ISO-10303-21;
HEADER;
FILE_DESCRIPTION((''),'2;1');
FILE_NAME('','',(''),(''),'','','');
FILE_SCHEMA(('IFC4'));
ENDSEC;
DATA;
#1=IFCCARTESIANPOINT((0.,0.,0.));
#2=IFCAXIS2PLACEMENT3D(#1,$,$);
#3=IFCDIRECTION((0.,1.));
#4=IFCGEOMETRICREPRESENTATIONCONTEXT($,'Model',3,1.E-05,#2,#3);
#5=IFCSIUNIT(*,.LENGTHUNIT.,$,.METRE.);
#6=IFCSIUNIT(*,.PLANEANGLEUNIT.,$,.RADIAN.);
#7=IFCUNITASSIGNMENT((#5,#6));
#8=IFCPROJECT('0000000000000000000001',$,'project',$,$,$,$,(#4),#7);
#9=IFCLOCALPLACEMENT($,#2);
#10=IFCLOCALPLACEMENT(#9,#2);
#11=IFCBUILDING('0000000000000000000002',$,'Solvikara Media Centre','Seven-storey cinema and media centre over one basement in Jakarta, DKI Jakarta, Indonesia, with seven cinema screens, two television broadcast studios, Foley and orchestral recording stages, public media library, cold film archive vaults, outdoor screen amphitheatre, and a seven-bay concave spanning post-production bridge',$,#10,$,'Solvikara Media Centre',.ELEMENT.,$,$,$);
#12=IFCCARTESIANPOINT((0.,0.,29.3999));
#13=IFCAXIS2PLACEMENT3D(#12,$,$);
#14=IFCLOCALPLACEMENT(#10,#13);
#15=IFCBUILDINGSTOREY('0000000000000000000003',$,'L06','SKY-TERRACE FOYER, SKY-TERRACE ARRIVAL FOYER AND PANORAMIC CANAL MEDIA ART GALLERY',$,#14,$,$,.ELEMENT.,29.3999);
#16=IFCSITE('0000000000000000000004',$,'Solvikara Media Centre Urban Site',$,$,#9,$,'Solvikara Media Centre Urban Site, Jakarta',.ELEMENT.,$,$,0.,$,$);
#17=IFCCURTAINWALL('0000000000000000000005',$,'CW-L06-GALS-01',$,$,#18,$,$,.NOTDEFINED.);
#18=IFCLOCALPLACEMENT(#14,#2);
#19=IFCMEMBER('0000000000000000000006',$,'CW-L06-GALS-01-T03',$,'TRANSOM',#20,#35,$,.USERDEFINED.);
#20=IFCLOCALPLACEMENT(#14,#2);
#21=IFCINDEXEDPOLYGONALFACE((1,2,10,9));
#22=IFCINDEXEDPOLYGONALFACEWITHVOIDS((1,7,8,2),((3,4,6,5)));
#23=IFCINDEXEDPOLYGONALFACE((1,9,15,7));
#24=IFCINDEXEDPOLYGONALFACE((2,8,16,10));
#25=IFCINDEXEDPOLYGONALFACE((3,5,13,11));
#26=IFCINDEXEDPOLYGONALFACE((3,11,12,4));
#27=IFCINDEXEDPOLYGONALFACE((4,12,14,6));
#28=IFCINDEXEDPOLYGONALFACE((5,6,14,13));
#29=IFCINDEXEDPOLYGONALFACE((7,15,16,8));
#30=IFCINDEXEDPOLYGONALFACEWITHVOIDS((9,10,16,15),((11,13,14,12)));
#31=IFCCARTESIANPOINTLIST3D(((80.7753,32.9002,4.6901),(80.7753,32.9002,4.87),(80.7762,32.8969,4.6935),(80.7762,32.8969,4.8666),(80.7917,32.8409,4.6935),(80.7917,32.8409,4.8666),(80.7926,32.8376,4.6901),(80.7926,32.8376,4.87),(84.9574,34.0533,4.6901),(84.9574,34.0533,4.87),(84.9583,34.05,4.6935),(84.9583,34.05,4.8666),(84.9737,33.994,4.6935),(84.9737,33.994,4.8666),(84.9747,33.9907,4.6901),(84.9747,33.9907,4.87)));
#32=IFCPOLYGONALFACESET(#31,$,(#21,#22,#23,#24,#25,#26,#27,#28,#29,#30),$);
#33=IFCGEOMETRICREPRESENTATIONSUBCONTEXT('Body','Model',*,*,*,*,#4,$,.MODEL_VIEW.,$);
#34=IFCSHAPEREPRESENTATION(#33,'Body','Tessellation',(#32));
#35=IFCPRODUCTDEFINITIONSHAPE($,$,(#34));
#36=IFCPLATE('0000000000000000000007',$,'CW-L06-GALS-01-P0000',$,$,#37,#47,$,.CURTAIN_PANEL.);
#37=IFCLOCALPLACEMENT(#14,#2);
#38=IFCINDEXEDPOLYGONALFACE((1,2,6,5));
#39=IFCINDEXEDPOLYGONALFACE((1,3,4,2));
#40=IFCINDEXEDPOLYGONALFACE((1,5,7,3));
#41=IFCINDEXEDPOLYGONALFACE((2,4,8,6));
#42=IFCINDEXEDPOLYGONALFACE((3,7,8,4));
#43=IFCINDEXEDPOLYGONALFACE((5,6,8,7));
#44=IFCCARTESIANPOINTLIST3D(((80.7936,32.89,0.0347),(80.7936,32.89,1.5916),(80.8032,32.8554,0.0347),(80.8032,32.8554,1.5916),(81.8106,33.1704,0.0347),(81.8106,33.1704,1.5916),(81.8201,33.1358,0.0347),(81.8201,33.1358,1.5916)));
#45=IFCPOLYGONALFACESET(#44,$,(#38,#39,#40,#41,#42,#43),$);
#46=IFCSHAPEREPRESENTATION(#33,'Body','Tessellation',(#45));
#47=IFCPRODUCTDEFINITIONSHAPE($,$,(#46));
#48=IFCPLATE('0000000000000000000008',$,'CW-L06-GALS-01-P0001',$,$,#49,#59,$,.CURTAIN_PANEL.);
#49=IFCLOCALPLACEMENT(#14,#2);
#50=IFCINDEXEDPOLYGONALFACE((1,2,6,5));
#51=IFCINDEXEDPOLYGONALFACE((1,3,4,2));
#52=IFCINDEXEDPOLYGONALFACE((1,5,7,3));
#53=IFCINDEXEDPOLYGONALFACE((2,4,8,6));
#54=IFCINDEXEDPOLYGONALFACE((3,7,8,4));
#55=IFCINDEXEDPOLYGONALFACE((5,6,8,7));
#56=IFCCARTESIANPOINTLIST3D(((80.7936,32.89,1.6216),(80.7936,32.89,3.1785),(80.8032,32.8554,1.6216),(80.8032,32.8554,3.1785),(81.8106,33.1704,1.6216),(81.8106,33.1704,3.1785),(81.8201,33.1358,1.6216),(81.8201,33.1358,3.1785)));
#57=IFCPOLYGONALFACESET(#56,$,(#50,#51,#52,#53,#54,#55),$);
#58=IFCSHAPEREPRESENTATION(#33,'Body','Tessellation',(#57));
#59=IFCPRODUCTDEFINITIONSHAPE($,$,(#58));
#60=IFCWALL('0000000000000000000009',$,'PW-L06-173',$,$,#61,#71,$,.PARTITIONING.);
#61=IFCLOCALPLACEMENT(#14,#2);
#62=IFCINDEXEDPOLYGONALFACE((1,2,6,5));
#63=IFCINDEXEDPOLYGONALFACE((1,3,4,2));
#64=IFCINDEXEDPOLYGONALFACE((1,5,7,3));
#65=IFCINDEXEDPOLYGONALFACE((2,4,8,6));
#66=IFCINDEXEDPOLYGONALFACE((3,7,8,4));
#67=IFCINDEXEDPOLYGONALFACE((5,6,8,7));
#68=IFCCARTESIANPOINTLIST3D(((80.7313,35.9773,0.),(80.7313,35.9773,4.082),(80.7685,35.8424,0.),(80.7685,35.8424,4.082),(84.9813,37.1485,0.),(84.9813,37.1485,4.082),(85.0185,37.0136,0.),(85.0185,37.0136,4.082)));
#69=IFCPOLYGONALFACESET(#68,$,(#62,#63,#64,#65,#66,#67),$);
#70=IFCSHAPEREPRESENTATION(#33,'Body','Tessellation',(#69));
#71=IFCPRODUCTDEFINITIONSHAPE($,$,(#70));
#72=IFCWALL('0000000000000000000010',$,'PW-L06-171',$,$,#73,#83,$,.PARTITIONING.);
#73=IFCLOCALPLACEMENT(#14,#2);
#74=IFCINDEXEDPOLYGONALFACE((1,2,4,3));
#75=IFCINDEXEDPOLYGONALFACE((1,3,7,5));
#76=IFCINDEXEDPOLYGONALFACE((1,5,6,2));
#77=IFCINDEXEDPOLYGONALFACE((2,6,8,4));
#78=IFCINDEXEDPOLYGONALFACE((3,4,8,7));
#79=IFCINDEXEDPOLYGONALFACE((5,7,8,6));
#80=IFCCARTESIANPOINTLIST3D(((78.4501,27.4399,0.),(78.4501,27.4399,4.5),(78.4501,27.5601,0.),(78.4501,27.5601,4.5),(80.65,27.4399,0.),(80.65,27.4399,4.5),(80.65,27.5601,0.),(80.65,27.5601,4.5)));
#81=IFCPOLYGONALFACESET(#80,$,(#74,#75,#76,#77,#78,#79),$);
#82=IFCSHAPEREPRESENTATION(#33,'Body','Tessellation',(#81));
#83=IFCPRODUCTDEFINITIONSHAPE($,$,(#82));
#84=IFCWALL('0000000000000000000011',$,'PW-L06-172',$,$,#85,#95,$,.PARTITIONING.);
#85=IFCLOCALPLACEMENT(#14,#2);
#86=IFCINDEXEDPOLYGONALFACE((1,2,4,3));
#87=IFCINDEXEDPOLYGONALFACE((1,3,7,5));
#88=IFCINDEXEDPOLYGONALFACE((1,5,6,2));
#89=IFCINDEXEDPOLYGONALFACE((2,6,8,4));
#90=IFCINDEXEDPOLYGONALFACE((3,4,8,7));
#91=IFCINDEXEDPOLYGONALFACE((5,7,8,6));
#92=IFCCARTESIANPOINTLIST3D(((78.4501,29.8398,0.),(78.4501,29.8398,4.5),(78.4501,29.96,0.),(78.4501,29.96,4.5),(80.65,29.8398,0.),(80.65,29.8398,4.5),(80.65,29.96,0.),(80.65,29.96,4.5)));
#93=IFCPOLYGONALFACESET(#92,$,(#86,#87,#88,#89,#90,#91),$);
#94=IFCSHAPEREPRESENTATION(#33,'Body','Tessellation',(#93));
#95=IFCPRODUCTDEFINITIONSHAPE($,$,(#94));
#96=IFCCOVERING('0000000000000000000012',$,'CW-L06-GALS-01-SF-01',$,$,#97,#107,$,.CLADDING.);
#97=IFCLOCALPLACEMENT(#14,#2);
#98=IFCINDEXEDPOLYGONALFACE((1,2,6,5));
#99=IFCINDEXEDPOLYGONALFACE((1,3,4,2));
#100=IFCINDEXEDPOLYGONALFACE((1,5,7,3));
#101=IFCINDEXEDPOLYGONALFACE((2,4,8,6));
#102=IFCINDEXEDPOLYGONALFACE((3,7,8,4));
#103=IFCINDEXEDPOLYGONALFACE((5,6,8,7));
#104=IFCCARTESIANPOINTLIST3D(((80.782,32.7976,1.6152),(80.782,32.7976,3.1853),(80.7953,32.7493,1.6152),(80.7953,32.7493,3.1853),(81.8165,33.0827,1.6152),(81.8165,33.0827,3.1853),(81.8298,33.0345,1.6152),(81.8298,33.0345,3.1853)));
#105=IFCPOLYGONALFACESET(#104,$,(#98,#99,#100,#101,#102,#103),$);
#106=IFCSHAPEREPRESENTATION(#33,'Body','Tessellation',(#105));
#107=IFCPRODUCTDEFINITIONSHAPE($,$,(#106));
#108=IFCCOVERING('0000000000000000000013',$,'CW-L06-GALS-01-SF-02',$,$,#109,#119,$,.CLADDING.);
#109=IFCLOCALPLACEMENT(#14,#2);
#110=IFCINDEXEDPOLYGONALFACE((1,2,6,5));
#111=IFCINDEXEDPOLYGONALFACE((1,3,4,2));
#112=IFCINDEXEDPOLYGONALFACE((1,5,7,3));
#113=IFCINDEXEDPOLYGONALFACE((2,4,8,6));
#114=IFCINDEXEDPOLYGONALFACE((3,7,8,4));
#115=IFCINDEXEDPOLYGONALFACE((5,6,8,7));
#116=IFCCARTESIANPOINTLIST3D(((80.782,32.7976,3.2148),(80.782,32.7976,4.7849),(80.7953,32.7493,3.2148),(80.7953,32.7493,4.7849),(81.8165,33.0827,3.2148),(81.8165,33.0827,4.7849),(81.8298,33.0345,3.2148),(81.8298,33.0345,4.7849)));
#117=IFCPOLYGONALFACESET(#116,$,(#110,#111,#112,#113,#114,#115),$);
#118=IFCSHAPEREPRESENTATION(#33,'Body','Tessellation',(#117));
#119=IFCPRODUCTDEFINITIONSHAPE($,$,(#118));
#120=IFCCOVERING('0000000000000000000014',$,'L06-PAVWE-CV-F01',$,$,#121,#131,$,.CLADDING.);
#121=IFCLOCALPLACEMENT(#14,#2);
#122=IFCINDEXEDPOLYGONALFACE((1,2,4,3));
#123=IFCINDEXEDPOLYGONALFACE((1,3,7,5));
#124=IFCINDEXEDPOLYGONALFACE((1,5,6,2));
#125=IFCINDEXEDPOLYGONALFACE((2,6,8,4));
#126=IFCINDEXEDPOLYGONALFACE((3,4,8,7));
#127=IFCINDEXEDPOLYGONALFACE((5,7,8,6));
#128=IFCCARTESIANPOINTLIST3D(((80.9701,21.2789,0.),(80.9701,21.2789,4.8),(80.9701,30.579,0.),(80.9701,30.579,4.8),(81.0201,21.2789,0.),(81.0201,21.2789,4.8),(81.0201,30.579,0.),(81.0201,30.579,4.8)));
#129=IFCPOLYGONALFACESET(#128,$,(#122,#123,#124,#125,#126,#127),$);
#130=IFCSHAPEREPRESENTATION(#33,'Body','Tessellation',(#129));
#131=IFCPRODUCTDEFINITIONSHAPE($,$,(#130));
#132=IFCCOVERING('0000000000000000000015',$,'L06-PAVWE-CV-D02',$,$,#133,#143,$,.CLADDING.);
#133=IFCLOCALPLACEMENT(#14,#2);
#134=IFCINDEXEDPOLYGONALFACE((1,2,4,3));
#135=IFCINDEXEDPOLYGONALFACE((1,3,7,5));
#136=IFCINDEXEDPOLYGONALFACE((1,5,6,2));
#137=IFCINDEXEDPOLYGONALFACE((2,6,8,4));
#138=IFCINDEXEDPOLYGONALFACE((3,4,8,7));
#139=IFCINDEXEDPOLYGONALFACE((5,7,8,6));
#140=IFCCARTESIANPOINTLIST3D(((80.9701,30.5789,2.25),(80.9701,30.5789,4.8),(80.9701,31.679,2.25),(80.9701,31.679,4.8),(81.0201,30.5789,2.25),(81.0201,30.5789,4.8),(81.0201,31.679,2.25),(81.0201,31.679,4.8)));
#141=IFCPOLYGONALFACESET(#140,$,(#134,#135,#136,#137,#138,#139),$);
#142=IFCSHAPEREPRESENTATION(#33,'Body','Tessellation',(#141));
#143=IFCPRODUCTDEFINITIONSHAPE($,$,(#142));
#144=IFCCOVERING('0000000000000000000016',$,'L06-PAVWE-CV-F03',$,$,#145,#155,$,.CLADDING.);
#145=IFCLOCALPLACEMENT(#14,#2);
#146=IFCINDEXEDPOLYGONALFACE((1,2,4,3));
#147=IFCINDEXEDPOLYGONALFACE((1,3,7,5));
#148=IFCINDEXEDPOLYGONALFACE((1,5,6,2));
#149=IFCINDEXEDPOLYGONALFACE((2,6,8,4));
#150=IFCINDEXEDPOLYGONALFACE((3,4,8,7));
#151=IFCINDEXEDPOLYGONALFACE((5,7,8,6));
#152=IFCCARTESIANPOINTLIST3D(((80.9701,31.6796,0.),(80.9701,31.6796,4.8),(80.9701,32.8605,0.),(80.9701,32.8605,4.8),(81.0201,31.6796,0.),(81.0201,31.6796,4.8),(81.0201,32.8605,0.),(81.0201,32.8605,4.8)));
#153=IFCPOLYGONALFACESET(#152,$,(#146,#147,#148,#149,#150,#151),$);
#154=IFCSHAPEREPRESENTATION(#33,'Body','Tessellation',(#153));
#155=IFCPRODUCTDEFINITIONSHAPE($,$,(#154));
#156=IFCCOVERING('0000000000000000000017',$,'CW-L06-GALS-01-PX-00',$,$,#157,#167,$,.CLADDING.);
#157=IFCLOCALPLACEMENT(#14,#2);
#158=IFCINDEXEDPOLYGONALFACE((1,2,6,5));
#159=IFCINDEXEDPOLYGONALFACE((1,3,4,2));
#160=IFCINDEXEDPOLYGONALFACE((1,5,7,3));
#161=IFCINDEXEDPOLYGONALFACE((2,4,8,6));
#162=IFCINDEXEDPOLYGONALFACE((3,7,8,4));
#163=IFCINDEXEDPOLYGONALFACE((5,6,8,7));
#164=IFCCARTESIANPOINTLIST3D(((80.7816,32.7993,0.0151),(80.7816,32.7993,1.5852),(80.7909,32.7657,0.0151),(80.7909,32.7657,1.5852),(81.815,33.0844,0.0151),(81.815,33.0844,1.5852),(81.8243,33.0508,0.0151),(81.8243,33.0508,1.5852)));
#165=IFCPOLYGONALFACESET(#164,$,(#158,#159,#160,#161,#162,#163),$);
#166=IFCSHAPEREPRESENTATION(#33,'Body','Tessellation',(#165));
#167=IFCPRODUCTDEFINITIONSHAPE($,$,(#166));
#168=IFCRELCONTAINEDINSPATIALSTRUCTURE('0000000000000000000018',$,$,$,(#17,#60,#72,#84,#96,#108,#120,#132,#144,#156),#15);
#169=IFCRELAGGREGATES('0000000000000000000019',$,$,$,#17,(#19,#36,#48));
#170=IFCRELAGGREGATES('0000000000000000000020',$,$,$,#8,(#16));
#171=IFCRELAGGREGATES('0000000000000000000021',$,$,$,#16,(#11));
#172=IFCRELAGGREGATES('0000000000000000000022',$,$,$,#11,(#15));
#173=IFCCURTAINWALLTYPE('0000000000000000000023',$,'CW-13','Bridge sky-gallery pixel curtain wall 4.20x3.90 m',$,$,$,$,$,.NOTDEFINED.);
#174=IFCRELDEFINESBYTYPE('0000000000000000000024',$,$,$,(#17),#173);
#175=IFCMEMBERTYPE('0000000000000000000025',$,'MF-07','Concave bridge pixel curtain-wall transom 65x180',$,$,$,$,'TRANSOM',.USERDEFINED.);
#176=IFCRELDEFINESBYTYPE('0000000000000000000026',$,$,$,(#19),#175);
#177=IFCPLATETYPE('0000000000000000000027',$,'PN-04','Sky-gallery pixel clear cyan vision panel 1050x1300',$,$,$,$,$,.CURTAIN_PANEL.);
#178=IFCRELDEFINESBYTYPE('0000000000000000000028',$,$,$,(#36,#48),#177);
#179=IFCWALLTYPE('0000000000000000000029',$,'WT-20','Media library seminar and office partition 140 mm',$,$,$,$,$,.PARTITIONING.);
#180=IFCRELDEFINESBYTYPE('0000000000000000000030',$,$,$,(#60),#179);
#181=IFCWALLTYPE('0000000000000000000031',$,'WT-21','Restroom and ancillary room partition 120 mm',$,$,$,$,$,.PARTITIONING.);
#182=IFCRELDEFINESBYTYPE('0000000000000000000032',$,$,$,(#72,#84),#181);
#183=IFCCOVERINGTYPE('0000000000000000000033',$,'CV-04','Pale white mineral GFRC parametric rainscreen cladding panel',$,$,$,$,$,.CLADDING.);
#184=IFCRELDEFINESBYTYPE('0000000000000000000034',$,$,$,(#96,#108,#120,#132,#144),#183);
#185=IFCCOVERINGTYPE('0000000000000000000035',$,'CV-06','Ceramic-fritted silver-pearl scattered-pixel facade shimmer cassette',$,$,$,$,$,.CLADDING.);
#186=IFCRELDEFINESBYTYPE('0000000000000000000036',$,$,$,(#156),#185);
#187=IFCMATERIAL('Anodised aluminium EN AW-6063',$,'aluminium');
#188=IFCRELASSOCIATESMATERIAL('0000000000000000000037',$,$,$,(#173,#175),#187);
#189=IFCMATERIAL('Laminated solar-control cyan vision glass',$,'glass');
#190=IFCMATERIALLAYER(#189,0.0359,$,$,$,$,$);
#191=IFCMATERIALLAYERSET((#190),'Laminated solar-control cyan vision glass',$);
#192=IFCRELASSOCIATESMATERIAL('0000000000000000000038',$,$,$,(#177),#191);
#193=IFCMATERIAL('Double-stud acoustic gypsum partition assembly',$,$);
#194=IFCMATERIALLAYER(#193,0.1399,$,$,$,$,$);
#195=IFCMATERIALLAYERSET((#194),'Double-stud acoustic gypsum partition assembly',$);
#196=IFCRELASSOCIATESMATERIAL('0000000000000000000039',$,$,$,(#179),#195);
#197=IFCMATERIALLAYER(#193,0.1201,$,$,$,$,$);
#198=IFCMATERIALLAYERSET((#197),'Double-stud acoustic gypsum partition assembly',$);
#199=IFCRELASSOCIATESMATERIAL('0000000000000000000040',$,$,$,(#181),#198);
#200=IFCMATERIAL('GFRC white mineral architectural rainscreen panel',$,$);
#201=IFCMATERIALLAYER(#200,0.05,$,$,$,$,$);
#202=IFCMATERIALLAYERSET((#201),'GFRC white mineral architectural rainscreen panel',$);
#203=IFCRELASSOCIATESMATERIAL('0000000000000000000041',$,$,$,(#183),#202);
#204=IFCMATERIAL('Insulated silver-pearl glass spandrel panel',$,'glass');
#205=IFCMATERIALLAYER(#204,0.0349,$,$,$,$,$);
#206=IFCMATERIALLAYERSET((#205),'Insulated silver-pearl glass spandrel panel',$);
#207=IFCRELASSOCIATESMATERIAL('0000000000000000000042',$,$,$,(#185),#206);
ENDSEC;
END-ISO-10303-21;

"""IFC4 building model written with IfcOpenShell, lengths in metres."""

from ifc_helpers import new_model, si_unit, direction, frame, frame_2d, origin, origin_2d, place, context, subcontext, project, spatial, rectangle, hollow_rectangle, extrude, material, layer, layer_set, material_profile, profile_set, type_object, element, aggregate, save


model = new_model("IFC4")

# Units and contexts
model_context = context("Model", 3, precision=1e-05, world=origin(), true_north=direction((0.0, 1.0)))
body_context = subcontext(model_context, "Body", "Model", "MODEL_VIEW")
ifc_project = project(units=[si_unit("LENGTHUNIT", "METRE"), si_unit("PLANEANGLEUNIT", "RADIAN")], contexts=[model_context])

# Site, building, storey
site_placement = place(None, origin())
site = spatial("IfcSite", under=ifc_project, at=site_placement, Name="Solvikara Media Centre Urban Site", LongName="Solvikara Media Centre Urban Site, Jakarta", CompositionType="ELEMENT", RefElevation=0.0)
building_placement = place(site_placement, origin())
building = spatial("IfcBuilding", under=site, at=building_placement, Name="Solvikara Media Centre", Description="Seven-storey cinema and media centre over one basement in Jakarta, DKI Jakarta, Indonesia, with seven cinema screens, two television broadcast studios, Foley and orchestral recording stages, public media library, cold film archive vaults, outdoor screen amphitheatre, and a seven-bay concave spanning post-production bridge", LongName="Solvikara Media Centre", CompositionType="ELEMENT")
storey_placement = place(building_placement, frame((0.0, 0.0, 29.3999)))
storey = spatial("IfcBuildingStorey", under=building, at=storey_placement, Name="L06", Description="SKY-TERRACE FOYER, SKY-TERRACE ARRIVAL FOYER AND PANORAMIC CANAL MEDIA ART GALLERY", CompositionType="ELEMENT", Elevation=29.3999)

# Shared definitions
ifc_material_1 = material(Name="Anodised aluminium EN AW-6063", Category="aluminium")
curtain_wall_type = type_object("IfcCurtainWallType", Name="CW-13", Description="Bridge sky-gallery pixel curtain wall 4.20x3.90 m", PredefinedType="NOTDEFINED", material=ifc_material_1)

# Curtain wall, member, plates
curtain_wall_1_placement = place(storey_placement, origin())
curtain_wall_1 = element("IfcCurtainWall", 1, at=curtain_wall_1_placement, inside=storey, type_object=curtain_wall_type, Name="CW-L06-GALS-01", PredefinedType="NOTDEFINED")
ifc_material_profile_1 = material_profile(ifc_material_1, hollow_rectangle(XDim=0.0649, YDim=0.1799, WallThickness=0.0034, at=origin_2d()), Name="ALU-T 65x180x3.5")
ifc_profile_set_1 = profile_set([ifc_material_profile_1], Name="Anodised aluminium EN AW-6063")
member_type_1 = type_object("IfcMemberType", Name="MF-07", Description="Concave bridge pixel curtain-wall transom 65x180", ElementType="TRANSOM", PredefinedType="USERDEFINED", material=ifc_profile_set_1)
member_1_placement = place(storey_placement, frame((80.7839, 32.8689, 4.78), z_axis=(0.964029, 0.265797, 0.0), x_axis=(-0.265797, 0.964029, 0.0)))
member_1 = element("IfcMember", 2, at=member_1_placement, type_object=member_type_1, Name="CW-L06-GALS-01-T03", ObjectType="TRANSOM", PredefinedType="USERDEFINED", context=body_context, shape_type="SweptSolid", body=[
    extrude(hollow_rectangle(XDim=0.0649, YDim=0.1799, WallThickness=0.0034, at=origin_2d()), origin(), (0.0, 0.0, 1.0), 4.3381),
])
ifc_material_2 = material(Name="Laminated solar-control cyan vision glass", Category="glass")
ifc_layer_1 = layer(ifc_material_2, 0.0359)
ifc_layer_set_1 = layer_set([ifc_layer_1], Name="Laminated solar-control cyan vision glass")
plate_type = type_object("IfcPlateType", Name="PN-04", Description="Sky-gallery pixel clear cyan vision panel 1050x1300", PredefinedType="CURTAIN_PANEL", material=ifc_layer_set_1)
plate_1_placement = place(storey_placement, frame((81.3069, 33.0129, 0.0347), z_axis=(0.0, 0.0, 1.0), x_axis=(0.96403, 0.265792, 0.0)))
plate_1 = element("IfcPlate", 3, at=plate_1_placement, type_object=plate_type, Name="CW-L06-GALS-01-P0000", PredefinedType="CURTAIN_PANEL", context=body_context, shape_type="SweptSolid", body=[
    extrude(rectangle(XDim=1.0549, YDim=0.0359, at=origin_2d()), origin(), (0.0, 0.0, 1.0), 1.5569),
])
plate_2_placement = place(storey_placement, frame((81.3069, 33.0129, 1.6216), z_axis=(0.0, 0.0, 1.0), x_axis=(0.96403, 0.265792, 0.0)))
plate_2 = element("IfcPlate", 4, at=plate_2_placement, type_object=plate_type, Name="CW-L06-GALS-01-P0001", PredefinedType="CURTAIN_PANEL", context=body_context, shape_type="SweptSolid", body=[
    extrude(rectangle(XDim=1.0549, YDim=0.0359, at=origin_2d()), origin(), (0.0, 0.0, 1.0), 1.5569),
])
aggregate(curtain_wall_1, [member_1, plate_1, plate_2])

# Walls
ifc_material_3 = material(Name="Double-stud acoustic gypsum partition assembly")
ifc_layer_2 = layer(ifc_material_3, 0.1399)
ifc_layer_set_2 = layer_set([ifc_layer_2], Name="Double-stud acoustic gypsum partition assembly")
wall_type_1 = type_object("IfcWallType", Name="WT-20", Description="Media library seminar and office partition 140 mm", PredefinedType="PARTITIONING", material=ifc_layer_set_2)
wall_placement = place(storey_placement, frame((80.75, 35.9099, 0.0), z_axis=(0.0, 0.0, 1.0), x_axis=(0.964067, 0.265661, 0.0)))
element("IfcWall", 5, at=wall_placement, inside=storey, type_object=wall_type_1, Name="PW-L06-173", PredefinedType="PARTITIONING", context=body_context, shape_type="SweptSolid", body=[
    extrude(rectangle(XDim=4.4084, YDim=0.1399, at=frame_2d((2.2041, 0.0))), origin(), (0.0, 0.0, 1.0), 4.082),
])
ifc_layer_3 = layer(ifc_material_3, 0.1201)
ifc_layer_set_3 = layer_set([ifc_layer_3], Name="Double-stud acoustic gypsum partition assembly")
wall_type_2 = type_object("IfcWallType", Name="WT-21", Description="Restroom and ancillary room partition 120 mm", PredefinedType="PARTITIONING", material=ifc_layer_set_3)
for number, where, z_axis, x_axis, name in (
    (6, (78.45, 27.5, 0.0), (0.0, 0.0, 1.0), (1.0, 0.0, 0.0), "PW-L06-171"),
    (7, (78.45, 29.8999, 0.0), (0.0, 0.0, 1.0), (1.0, 0.0, 0.0), "PW-L06-172"),
):
    element("IfcWall", number, at=place(storey_placement, frame(where, z_axis=z_axis, x_axis=x_axis)), inside=storey, type_object=wall_type_2, Name=name, PredefinedType="PARTITIONING", context=body_context, shape_type="SweptSolid", body=[
        extrude(rectangle(XDim=2.2, YDim=0.1201, at=frame_2d((1.1001, 0.0))), origin(), (0.0, 0.0, 1.0), 4.5),
    ])

# Coverings
ifc_material_4 = material(Name="GFRC white mineral architectural rainscreen panel")
ifc_layer_4 = layer(ifc_material_4, 0.05)
ifc_layer_set_4 = layer_set([ifc_layer_4], Name="GFRC white mineral architectural rainscreen panel")
covering_type_1 = type_object("IfcCoveringType", Name="CV-04", Description="Pale white mineral GFRC parametric rainscreen cladding panel", PredefinedType="CLADDING", material=ifc_layer_set_4)
for number, where, z_axis, x_axis, name in (
    (8, (81.3059, 32.916, 1.6152), (0.0, 0.0, 1.0), (0.964049, 0.265724, 0.0), "CW-L06-GALS-01-SF-01"),
    (9, (81.3059, 32.916, 3.2148), (0.0, 0.0, 1.0), (0.964049, 0.265724, 0.0), "CW-L06-GALS-01-SF-02"),
):
    element("IfcCovering", number, at=place(storey_placement, frame(where, z_axis=z_axis, x_axis=x_axis)), inside=storey, type_object=covering_type_1, Name=name, PredefinedType="CLADDING", context=body_context, shape_type="SweptSolid", body=[
        extrude(rectangle(XDim=1.073, YDim=0.05, at=origin_2d()), origin(), (0.0, 0.0, 1.0), 1.5701),
    ])
covering_1_placement = place(storey_placement, frame((80.9951, 25.929, 0.0), z_axis=(0.0, 0.0, 1.0), x_axis=(0.0, 1.0, 0.0)))
element("IfcCovering", 10, at=covering_1_placement, inside=storey, type_object=covering_type_1, Name="L06-PAVWE-CV-F01", PredefinedType="CLADDING", context=body_context, shape_type="SweptSolid", body=[
    extrude(rectangle(XDim=9.3, YDim=0.05, at=origin_2d()), origin(), (0.0, 0.0, 1.0), 4.8),
])
covering_2_placement = place(storey_placement, frame((80.9951, 31.1289, 2.25), z_axis=(0.0, 0.0, 1.0), x_axis=(0.0, 1.0, 0.0)))
element("IfcCovering", 11, at=covering_2_placement, inside=storey, type_object=covering_type_1, Name="L06-PAVWE-CV-D02", PredefinedType="CLADDING", context=body_context, shape_type="SweptSolid", body=[
    extrude(rectangle(XDim=1.1001, YDim=0.05, at=origin_2d()), origin(), (0.0, 0.0, 1.0), 2.55),
])
covering_3_placement = place(storey_placement, frame((80.9951, 32.27, 0.0), z_axis=(0.0, 0.0, 1.0), x_axis=(0.0, 1.0, 0.0)))
element("IfcCovering", 12, at=covering_3_placement, inside=storey, type_object=covering_type_1, Name="L06-PAVWE-CV-F03", PredefinedType="CLADDING", context=body_context, shape_type="SweptSolid", body=[
    extrude(rectangle(XDim=1.1809, YDim=0.05, at=origin_2d()), origin(), (0.0, 0.0, 1.0), 4.8),
])
ifc_material_5 = material(Name="Insulated silver-pearl glass spandrel panel", Category="glass")
ifc_layer_5 = layer(ifc_material_5, 0.0349)
ifc_layer_set_5 = layer_set([ifc_layer_5], Name="Insulated silver-pearl glass spandrel panel")
covering_type_2 = type_object("IfcCoveringType", Name="CV-06", Description="Ceramic-fritted silver-pearl scattered-pixel facade shimmer cassette", PredefinedType="CLADDING", material=ifc_layer_set_5)
covering_4_placement = place(storey_placement, frame((81.303, 32.925, 0.0151), z_axis=(0.0, 0.0, 1.0), x_axis=(0.963984, 0.26596, 0.0)))
element("IfcCovering", 13, at=covering_4_placement, inside=storey, type_object=covering_type_2, Name="CW-L06-GALS-01-PX-00", PredefinedType="CLADDING", context=body_context, shape_type="SweptSolid", body=[
    extrude(rectangle(XDim=1.072, YDim=0.0349, at=origin_2d()), origin(), (0.0, 0.0, 1.0), 1.5701),
])

save(model, "model.ifc")
